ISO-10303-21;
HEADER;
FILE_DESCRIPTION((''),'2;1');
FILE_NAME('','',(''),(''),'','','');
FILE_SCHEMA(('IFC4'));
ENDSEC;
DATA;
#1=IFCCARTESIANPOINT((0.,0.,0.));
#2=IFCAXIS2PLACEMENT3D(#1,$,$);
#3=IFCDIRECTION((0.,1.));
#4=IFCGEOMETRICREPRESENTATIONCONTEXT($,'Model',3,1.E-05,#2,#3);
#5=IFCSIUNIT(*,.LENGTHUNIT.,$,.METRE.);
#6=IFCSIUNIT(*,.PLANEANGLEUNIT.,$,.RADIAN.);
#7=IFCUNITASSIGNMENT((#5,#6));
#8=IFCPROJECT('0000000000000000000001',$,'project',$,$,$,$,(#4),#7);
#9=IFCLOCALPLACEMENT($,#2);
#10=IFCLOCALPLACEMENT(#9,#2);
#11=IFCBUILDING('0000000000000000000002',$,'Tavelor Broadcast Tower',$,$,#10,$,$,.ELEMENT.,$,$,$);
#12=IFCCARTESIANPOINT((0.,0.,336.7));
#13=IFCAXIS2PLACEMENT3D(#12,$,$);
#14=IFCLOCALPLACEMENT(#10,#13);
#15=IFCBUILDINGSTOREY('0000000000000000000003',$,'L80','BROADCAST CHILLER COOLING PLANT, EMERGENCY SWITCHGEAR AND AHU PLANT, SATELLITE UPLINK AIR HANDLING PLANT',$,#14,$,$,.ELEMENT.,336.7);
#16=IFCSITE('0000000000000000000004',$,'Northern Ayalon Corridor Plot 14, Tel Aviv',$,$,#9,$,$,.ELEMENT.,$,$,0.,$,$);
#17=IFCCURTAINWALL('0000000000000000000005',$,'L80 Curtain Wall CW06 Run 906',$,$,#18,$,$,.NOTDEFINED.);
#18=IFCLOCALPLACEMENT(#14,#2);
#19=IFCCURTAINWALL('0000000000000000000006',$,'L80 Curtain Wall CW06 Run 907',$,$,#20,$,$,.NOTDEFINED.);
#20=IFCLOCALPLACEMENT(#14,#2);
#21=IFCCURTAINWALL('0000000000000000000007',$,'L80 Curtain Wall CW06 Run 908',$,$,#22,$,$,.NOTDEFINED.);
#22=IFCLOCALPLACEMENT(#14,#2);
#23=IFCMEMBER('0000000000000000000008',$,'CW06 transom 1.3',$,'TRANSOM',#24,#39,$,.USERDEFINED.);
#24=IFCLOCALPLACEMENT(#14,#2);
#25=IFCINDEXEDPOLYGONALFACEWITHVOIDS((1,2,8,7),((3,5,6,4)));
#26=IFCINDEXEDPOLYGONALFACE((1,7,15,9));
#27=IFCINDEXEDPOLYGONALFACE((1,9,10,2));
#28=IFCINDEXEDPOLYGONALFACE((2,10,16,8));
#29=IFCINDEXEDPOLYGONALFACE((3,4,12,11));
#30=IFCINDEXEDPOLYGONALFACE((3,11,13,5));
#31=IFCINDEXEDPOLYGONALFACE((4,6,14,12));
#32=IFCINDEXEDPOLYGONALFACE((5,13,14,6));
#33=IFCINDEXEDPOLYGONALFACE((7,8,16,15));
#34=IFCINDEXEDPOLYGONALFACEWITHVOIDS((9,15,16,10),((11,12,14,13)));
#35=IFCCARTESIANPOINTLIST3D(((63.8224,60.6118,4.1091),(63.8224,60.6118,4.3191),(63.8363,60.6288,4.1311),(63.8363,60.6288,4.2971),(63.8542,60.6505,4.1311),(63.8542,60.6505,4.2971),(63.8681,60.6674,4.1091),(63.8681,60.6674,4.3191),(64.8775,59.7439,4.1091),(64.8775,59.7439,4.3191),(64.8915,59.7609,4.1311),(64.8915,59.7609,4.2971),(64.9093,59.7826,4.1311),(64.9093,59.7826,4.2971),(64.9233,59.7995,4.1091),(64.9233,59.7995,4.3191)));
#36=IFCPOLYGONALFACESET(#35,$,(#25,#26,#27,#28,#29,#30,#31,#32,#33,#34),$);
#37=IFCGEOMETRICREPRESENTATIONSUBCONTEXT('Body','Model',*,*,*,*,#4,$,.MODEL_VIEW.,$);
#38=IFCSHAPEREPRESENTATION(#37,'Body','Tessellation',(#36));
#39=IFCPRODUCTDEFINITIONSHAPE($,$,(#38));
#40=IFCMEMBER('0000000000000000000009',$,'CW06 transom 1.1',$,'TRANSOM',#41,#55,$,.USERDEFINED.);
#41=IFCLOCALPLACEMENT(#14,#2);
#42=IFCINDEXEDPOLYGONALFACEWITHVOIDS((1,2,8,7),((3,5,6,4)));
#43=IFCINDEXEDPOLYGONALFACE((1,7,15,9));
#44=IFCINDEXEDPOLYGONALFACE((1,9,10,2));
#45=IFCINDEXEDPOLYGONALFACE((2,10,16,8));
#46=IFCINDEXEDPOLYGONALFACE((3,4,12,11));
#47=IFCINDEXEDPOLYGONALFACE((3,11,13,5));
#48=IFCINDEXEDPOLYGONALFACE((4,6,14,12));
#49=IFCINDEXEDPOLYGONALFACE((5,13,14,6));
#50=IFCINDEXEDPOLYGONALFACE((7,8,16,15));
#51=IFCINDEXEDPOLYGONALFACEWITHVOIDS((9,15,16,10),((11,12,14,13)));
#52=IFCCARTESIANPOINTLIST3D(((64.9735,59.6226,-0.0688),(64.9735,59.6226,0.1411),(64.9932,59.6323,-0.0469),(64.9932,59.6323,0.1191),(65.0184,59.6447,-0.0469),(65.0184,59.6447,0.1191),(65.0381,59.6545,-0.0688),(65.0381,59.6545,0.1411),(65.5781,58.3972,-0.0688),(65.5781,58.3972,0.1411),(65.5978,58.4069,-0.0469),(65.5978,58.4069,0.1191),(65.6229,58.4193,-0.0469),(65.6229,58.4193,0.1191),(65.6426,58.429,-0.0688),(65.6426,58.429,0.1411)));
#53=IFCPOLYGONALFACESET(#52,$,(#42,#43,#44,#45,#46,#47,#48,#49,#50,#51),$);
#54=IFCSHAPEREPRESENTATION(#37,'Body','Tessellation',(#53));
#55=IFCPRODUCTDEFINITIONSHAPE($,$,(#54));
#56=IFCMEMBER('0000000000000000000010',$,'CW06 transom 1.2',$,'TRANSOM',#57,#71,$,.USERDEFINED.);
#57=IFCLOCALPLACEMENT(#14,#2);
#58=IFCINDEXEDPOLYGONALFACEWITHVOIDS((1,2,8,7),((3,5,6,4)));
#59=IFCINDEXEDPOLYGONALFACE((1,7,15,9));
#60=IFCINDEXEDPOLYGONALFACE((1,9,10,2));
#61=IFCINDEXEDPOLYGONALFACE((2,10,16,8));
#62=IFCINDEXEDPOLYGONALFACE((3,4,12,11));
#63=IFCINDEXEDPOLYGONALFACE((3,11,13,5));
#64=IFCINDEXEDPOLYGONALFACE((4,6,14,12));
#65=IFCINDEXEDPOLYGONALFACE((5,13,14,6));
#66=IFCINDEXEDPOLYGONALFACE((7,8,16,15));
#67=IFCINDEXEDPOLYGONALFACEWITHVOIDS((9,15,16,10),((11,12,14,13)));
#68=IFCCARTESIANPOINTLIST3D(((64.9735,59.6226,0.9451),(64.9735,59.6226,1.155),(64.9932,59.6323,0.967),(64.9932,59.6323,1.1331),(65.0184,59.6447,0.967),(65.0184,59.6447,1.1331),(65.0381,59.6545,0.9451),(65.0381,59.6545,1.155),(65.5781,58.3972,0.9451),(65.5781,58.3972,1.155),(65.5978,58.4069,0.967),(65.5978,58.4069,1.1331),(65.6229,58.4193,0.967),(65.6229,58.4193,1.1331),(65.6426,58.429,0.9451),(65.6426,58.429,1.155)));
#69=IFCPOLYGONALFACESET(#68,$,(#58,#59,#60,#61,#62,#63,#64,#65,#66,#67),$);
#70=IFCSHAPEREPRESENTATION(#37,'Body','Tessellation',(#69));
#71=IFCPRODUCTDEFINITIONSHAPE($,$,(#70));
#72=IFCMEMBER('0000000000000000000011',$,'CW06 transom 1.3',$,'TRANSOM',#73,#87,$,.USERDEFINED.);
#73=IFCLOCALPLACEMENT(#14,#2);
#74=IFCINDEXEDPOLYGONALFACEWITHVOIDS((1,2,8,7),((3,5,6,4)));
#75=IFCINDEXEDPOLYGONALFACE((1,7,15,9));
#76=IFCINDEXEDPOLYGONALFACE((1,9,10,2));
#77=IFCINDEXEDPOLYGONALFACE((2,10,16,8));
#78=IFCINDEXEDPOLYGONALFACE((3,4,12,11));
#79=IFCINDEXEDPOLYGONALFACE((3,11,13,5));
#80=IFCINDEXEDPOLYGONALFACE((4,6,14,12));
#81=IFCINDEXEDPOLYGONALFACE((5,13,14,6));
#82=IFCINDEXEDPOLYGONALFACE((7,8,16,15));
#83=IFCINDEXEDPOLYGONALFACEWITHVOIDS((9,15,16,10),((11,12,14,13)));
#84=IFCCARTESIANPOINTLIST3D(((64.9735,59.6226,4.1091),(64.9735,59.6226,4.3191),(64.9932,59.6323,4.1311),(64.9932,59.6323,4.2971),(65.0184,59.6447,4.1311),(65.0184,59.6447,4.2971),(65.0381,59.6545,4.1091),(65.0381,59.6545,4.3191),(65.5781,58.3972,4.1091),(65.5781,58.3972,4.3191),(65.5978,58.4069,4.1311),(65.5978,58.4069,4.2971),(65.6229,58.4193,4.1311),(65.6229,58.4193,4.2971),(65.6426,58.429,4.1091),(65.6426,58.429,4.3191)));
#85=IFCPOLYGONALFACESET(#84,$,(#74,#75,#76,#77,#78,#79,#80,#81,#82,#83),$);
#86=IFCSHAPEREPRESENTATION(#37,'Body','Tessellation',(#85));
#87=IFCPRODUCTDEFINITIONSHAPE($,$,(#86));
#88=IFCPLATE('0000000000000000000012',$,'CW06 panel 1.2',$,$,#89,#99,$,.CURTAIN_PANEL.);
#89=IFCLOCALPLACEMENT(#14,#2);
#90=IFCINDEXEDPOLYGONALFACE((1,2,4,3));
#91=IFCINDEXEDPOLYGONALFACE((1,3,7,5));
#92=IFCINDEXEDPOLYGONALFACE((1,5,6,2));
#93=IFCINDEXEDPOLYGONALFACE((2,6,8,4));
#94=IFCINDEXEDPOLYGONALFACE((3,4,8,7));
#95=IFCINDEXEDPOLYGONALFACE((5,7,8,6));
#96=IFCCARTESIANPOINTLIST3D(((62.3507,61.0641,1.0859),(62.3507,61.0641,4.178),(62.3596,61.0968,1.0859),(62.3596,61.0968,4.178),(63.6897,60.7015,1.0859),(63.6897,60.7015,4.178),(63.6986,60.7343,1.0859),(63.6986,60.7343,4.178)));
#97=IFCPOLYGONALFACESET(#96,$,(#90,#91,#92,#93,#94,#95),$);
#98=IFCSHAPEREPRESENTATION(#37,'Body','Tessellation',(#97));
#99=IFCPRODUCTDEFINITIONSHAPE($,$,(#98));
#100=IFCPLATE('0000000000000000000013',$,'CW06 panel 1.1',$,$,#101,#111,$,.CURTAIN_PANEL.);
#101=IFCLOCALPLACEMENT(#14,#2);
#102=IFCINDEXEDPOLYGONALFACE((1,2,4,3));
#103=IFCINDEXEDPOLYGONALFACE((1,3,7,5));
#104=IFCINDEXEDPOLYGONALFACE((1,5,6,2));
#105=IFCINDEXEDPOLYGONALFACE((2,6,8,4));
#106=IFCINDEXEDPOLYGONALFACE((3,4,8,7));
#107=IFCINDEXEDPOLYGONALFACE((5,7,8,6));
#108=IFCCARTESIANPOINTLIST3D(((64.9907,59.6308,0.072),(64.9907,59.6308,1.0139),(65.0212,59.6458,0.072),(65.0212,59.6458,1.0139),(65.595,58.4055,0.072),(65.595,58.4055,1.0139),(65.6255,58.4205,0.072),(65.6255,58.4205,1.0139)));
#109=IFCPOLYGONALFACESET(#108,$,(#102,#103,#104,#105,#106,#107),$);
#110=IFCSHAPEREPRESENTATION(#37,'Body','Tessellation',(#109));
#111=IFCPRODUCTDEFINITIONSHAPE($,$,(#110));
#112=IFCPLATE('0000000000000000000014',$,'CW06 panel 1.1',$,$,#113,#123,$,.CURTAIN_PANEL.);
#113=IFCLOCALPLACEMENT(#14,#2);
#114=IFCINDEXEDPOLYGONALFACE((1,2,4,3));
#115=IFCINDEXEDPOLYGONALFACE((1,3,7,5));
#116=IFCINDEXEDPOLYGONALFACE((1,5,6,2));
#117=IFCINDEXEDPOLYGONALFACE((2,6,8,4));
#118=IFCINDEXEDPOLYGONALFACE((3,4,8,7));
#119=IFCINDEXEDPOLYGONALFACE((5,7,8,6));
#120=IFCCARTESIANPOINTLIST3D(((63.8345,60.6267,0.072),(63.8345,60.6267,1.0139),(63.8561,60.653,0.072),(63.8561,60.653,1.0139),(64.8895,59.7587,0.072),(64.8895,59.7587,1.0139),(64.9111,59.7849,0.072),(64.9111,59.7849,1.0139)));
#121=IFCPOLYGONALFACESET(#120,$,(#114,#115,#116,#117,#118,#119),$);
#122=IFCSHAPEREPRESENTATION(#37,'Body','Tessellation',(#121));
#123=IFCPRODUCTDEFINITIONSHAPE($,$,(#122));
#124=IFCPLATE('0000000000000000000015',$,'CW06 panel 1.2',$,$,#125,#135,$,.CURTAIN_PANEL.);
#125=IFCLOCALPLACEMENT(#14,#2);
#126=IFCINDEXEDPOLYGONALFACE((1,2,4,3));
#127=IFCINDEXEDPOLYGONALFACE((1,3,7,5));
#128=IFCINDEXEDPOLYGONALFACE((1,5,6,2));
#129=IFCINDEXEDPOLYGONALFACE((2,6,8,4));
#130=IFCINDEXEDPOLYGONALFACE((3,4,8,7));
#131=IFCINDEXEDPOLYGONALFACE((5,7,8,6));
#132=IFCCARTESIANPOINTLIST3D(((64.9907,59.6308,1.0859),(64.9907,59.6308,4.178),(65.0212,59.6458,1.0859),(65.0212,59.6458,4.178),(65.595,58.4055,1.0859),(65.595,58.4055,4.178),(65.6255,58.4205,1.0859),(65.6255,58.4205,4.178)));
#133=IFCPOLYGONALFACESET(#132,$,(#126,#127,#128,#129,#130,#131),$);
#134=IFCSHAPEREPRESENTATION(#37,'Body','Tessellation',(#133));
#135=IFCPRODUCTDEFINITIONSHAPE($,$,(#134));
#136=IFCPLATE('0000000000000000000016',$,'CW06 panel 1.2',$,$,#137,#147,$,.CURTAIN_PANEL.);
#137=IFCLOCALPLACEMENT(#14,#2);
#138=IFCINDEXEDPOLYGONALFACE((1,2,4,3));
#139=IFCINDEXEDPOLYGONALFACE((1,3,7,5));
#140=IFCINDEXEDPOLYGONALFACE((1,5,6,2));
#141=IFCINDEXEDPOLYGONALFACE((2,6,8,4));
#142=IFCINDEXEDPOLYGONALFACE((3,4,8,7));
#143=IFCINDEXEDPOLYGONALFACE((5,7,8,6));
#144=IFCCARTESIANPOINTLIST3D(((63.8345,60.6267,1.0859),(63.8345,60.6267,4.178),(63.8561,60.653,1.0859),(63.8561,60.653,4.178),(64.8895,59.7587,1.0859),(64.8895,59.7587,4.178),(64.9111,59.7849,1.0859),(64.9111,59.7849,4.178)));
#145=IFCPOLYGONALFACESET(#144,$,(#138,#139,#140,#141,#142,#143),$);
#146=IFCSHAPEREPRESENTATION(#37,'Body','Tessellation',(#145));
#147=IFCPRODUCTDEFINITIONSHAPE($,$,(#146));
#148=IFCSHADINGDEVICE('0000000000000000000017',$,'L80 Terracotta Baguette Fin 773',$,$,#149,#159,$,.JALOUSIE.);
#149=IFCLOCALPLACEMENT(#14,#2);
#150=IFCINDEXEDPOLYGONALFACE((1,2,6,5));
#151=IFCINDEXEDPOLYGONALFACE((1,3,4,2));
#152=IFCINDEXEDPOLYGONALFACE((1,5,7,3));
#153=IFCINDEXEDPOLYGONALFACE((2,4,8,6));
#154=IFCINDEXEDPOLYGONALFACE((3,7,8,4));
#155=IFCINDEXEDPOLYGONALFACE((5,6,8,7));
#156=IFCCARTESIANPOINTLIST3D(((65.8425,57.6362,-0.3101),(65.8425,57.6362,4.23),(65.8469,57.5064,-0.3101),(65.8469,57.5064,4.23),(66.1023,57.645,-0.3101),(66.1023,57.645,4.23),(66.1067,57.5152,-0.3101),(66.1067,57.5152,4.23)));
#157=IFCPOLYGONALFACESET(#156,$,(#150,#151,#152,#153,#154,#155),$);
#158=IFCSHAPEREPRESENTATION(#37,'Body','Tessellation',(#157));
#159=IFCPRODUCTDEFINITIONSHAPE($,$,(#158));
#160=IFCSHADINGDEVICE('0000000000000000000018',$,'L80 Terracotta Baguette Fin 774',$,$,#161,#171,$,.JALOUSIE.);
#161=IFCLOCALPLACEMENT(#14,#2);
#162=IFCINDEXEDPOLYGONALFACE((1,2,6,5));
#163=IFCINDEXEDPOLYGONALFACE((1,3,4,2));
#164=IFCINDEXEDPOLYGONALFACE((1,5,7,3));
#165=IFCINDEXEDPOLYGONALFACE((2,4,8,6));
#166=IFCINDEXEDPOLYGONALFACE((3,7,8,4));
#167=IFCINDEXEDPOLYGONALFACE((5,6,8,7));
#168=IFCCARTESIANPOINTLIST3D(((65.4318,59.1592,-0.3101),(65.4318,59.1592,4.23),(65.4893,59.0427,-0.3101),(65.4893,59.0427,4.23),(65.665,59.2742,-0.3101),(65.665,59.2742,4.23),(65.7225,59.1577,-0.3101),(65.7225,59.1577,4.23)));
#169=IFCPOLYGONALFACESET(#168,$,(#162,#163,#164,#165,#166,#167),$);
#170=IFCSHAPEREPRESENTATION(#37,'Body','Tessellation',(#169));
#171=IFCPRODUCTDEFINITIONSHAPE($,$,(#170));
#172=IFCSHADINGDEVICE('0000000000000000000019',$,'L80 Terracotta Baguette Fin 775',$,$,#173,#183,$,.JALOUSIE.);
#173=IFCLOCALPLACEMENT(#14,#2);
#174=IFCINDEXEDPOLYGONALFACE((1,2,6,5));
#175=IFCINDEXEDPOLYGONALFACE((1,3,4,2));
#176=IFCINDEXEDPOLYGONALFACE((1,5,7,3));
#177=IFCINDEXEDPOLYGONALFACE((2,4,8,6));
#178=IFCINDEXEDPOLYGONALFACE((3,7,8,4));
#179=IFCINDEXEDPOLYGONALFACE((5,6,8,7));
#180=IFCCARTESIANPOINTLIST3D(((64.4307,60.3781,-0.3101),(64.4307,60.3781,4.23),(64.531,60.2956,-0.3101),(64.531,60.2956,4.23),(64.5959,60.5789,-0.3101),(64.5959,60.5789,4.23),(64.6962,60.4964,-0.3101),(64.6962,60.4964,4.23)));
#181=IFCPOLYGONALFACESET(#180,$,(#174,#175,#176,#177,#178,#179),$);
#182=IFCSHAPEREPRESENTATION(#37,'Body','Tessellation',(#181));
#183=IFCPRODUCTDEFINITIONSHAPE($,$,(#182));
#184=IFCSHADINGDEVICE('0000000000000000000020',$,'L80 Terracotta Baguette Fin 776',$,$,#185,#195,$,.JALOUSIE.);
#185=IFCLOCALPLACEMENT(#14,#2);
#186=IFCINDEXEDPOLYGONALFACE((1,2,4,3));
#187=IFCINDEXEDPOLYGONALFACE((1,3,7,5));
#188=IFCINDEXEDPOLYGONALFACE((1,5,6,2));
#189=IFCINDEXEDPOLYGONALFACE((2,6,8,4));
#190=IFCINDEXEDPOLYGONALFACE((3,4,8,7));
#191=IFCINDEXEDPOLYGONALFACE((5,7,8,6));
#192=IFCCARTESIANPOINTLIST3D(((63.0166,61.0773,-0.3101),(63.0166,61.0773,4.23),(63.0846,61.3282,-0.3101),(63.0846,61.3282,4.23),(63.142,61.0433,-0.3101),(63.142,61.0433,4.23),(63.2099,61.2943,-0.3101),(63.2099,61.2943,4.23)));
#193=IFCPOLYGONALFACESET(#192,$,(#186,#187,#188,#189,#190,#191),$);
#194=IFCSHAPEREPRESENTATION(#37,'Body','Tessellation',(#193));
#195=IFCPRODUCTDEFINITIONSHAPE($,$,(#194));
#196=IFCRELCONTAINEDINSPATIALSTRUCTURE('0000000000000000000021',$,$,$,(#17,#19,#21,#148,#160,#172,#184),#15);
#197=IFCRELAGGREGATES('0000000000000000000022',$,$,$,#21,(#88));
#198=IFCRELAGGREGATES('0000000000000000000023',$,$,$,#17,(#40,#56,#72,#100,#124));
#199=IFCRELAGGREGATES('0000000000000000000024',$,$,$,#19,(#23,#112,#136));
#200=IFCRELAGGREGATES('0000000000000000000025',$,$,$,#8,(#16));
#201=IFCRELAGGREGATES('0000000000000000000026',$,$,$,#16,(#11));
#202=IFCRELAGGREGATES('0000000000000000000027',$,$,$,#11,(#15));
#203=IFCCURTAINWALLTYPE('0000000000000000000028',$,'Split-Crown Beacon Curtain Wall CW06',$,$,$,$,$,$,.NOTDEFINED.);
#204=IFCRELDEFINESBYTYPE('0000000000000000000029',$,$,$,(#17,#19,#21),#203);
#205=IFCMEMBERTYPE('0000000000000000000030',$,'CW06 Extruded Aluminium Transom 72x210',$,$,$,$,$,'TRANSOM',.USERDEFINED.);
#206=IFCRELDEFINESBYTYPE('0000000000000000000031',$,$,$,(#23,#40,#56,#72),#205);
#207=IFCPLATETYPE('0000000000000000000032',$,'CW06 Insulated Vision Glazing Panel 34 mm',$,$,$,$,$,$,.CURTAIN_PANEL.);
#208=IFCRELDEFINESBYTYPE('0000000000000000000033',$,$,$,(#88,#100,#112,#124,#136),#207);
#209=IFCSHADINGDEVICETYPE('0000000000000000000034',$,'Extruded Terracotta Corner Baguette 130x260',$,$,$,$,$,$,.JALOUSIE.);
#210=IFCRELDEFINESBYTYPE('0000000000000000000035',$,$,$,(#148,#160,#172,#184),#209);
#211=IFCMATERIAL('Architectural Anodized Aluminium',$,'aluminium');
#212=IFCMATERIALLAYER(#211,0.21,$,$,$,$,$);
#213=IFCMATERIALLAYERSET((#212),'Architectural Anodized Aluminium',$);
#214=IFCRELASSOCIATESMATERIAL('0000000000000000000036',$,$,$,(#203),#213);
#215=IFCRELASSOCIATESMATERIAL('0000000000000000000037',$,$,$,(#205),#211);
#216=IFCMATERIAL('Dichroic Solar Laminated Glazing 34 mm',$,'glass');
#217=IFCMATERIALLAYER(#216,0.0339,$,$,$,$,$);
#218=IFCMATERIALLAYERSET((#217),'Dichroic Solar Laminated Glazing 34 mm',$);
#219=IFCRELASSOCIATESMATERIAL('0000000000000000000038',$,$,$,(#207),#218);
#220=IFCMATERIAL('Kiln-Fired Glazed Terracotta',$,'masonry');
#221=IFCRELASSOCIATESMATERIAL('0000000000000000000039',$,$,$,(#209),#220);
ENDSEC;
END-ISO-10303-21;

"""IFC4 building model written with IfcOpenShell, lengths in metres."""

from ifc_helpers import new_model, si_unit, direction, frame, origin, origin_2d, place, context, subcontext, project, spatial, rectangle, hollow_rectangle, extrude, source, transform, mapped, material, layer, layer_set, material_profile, profile_set, type_object, type_shapes, element, aggregate, save


model = new_model("IFC4")

# Units and contexts
model_context = context("Model", 3, precision=1e-05, world=origin(), true_north=direction((0.0, 1.0)))
body_context = subcontext(model_context, "Body", "Model", "MODEL_VIEW")
ifc_project = project(units=[si_unit("LENGTHUNIT", "METRE"), si_unit("PLANEANGLEUNIT", "RADIAN")], contexts=[model_context])

# Site, building, storey
site_placement = place(None, origin())
site = spatial("IfcSite", under=ifc_project, at=site_placement, Name="Northern Ayalon Corridor Plot 14, Tel Aviv", CompositionType="ELEMENT", RefElevation=0.0)
building_placement = place(site_placement, origin())
building = spatial("IfcBuilding", under=site, at=building_placement, Name="Tavelor Broadcast Tower", CompositionType="ELEMENT")
storey_placement = place(building_placement, frame((0.0, 0.0, 336.7)))
storey = spatial("IfcBuildingStorey", under=building, at=storey_placement, Name="L80", Description="BROADCAST CHILLER COOLING PLANT, EMERGENCY SWITCHGEAR AND AHU PLANT, SATELLITE UPLINK AIR HANDLING PLANT", CompositionType="ELEMENT", Elevation=336.7)

# Shared definitions
ifc_material_1 = material(Name="Architectural Anodized Aluminium", Category="aluminium")
ifc_layer_1 = layer(ifc_material_1, 0.21)
ifc_layer_set_1 = layer_set([ifc_layer_1], Name="Architectural Anodized Aluminium")
curtain_wall_type = type_object("IfcCurtainWallType", Name="Split-Crown Beacon Curtain Wall CW06", PredefinedType="NOTDEFINED", material=ifc_layer_set_1)

# Curtain walls
curtain_wall_1_placement = place(storey_placement, origin())
curtain_wall_1 = element("IfcCurtainWall", 1, at=curtain_wall_1_placement, inside=storey, type_object=curtain_wall_type, Name="L80 Curtain Wall CW06 Run 906", PredefinedType="NOTDEFINED")
curtain_wall_2_placement = place(storey_placement, origin())
curtain_wall_2 = element("IfcCurtainWall", 2, at=curtain_wall_2_placement, inside=storey, type_object=curtain_wall_type, Name="L80 Curtain Wall CW06 Run 907", PredefinedType="NOTDEFINED")
curtain_wall_3_placement = place(storey_placement, origin())
curtain_wall_3 = element("IfcCurtainWall", 3, at=curtain_wall_3_placement, inside=storey, type_object=curtain_wall_type, Name="L80 Curtain Wall CW06 Run 908", PredefinedType="NOTDEFINED")
ifc_material_profile_1 = material_profile(ifc_material_1, hollow_rectangle(XDim=0.072, YDim=0.21, WallThickness=0.022, at=origin_2d()), Name="RHS 72x210x22")
ifc_profile_set_1 = profile_set([ifc_material_profile_1], Name="Architectural Anodized Aluminium")
member_type_1 = type_object("IfcMemberType", Name="CW06 Extruded Aluminium Transom 72x210", ElementType="TRANSOM", PredefinedType="USERDEFINED", material=ifc_profile_set_1)

# Members
shared_shape_1 = source(origin(), body_context, "Body", "SweptSolid", [
    extrude(hollow_rectangle(XDim=0.072, YDim=0.21, WallThickness=0.022, at=origin_2d()), origin(), (0.0, 0.0, 1.0), 1.3662),
])
member_1_placement = place(storey_placement, frame((64.9004, 59.7717, 4.2141), z_axis=(-0.772307, 0.63525, 0.0), x_axis=(-0.63525, -0.772307, 0.0)))
member_1 = element("IfcMember", 4, at=member_1_placement, type_object=member_type_1, Name="CW06 transom 1.3", ObjectType="TRANSOM", PredefinedType="USERDEFINED", context=body_context, shape_type="MappedRepresentation", body=[
    mapped(shared_shape_1, transform((0.0, 0.0, 0.0), scale=1.0)),
])
shared_shape_2 = source(origin(), body_context, "Body", "SweptSolid", [
    extrude(hollow_rectangle(XDim=0.072, YDim=0.21, WallThickness=0.022, at=origin_2d()), origin(), (0.0, 0.0, 1.0), 1.3665),
])
member_2_placement = place(storey_placement, frame((65.6104, 58.4131, 0.0361), z_axis=(-0.442418, 0.896809, 0.0), x_axis=(-0.896809, -0.442418, 0.0)))
member_2 = element("IfcMember", 5, at=member_2_placement, type_object=member_type_1, Name="CW06 transom 1.1", ObjectType="TRANSOM", PredefinedType="USERDEFINED", context=body_context, shape_type="MappedRepresentation", body=[
    mapped(shared_shape_2, transform((0.0, 0.0, 0.0), scale=1.0)),
])
member_3_placement = place(storey_placement, frame((65.6104, 58.4131, 1.05), z_axis=(-0.442418, 0.896809, 0.0), x_axis=(-0.896809, -0.442418, 0.0)))
member_3 = element("IfcMember", 6, at=member_3_placement, type_object=member_type_1, Name="CW06 transom 1.2", ObjectType="TRANSOM", PredefinedType="USERDEFINED", context=body_context, shape_type="MappedRepresentation", body=[
    mapped(shared_shape_2, transform((0.0, 0.0, 0.0), scale=1.0)),
])
member_4_placement = place(storey_placement, frame((65.6104, 58.4131, 4.2141), z_axis=(-0.442418, 0.896809, 0.0), x_axis=(-0.896809, -0.442418, 0.0)))
member_4 = element("IfcMember", 7, at=member_4_placement, type_object=member_type_1, Name="CW06 transom 1.3", ObjectType="TRANSOM", PredefinedType="USERDEFINED", context=body_context, shape_type="MappedRepresentation", body=[
    mapped(shared_shape_2, transform((0.0, 0.0, 0.0), scale=1.0)),
])

# Plates
ifc_material_2 = material(Name="Dichroic Solar Laminated Glazing 34 mm", Category="glass")
ifc_layer_2 = layer(ifc_material_2, 0.0339)
ifc_layer_set_2 = layer_set([ifc_layer_2], Name="Dichroic Solar Laminated Glazing 34 mm")
plate_type = type_object("IfcPlateType", Name="CW06 Insulated Vision Glazing Panel 34 mm", PredefinedType="CURTAIN_PANEL", material=ifc_layer_set_2)
shared_shape_3 = source(origin(), body_context, "Body", "SweptSolid", [
    extrude(rectangle(XDim=1.3872, YDim=0.0339, at=origin_2d()), origin(), (0.0, 0.0, 1.0), 3.092),
])
plate_1_placement = place(storey_placement, frame((63.0247, 60.8992, 1.0859), z_axis=(0.0, 0.0, 1.0), x_axis=(-0.965237, 0.261376, 0.0)))
plate_1 = element("IfcPlate", 8, at=plate_1_placement, type_object=plate_type, Name="CW06 panel 1.2", PredefinedType="CURTAIN_PANEL", context=body_context, shape_type="MappedRepresentation", body=[
    mapped(shared_shape_3, transform((0.0, 0.0, 0.0), scale=1.0)),
])
aggregate(curtain_wall_3, [plate_1])
shared_shape_4 = source(origin(), body_context, "Body", "SweptSolid", [
    extrude(rectangle(XDim=1.3662, YDim=0.0339, at=origin_2d()), origin(), (0.0, 0.0, 1.0), 0.9419),
])
plate_2_placement = place(storey_placement, frame((65.3081, 59.0256, 0.072), z_axis=(0.0, 0.0, 1.0), x_axis=(-0.442333, 0.896851, 0.0)))
plate_2 = element("IfcPlate", 9, at=plate_2_placement, type_object=plate_type, Name="CW06 panel 1.1", PredefinedType="CURTAIN_PANEL", context=body_context, shape_type="MappedRepresentation", body=[
    mapped(shared_shape_4, transform((0.0, 0.0, 0.0), scale=1.0)),
])
plate_3_placement = place(storey_placement, frame((64.3728, 60.2058, 0.072), z_axis=(0.0, 0.0, 1.0), x_axis=(-0.77219, 0.635392, 0.0)))
plate_3 = element("IfcPlate", 10, at=plate_3_placement, type_object=plate_type, Name="CW06 panel 1.1", PredefinedType="CURTAIN_PANEL", context=body_context, shape_type="MappedRepresentation", body=[
    mapped(shared_shape_4, transform((0.0, 0.0, 0.0), scale=1.0)),
])
shared_shape_5 = source(origin(), body_context, "Body", "SweptSolid", [
    extrude(rectangle(XDim=1.3662, YDim=0.0339, at=origin_2d()), origin(), (0.0, 0.0, 1.0), 3.092),
])
type_shapes(plate_type, [shared_shape_3, shared_shape_4, shared_shape_5])
plate_4_placement = place(storey_placement, frame((65.3081, 59.0256, 1.0859), z_axis=(0.0, 0.0, 1.0), x_axis=(-0.442333, 0.896851, 0.0)))
plate_4 = element("IfcPlate", 11, at=plate_4_placement, type_object=plate_type, Name="CW06 panel 1.2", PredefinedType="CURTAIN_PANEL", context=body_context, shape_type="MappedRepresentation", body=[
    mapped(shared_shape_5, transform((0.0, 0.0, 0.0), scale=1.0)),
])
aggregate(curtain_wall_1, [member_2, member_3, member_4, plate_2, plate_4])
plate_5_placement = place(storey_placement, frame((64.3728, 60.2058, 1.0859), z_axis=(0.0, 0.0, 1.0), x_axis=(-0.77219, 0.635392, 0.0)))
plate_5 = element("IfcPlate", 12, at=plate_5_placement, type_object=plate_type, Name="CW06 panel 1.2", PredefinedType="CURTAIN_PANEL", context=body_context, shape_type="MappedRepresentation", body=[
    mapped(shared_shape_5, transform((0.0, 0.0, 0.0), scale=1.0)),
])
aggregate(curtain_wall_2, [member_1, plate_3, plate_5])

# Shading devices
ifc_material_3 = material(Name="Kiln-Fired Glazed Terracotta", Category="masonry")
shading_device_type = type_object("IfcShadingDeviceType", Name="Extruded Terracotta Corner Baguette 130x260", PredefinedType="JALOUSIE", material=ifc_material_3)
shared_shape_6 = source(origin(), body_context, "Body", "SweptSolid", [
    extrude(rectangle(XDim=0.1299, YDim=0.26, at=origin_2d()), origin(), (0.0, 0.0, 1.0), 4.54),
])
type_shapes(shading_device_type, [shared_shape_6])
for number, where, z_axis, x_axis, name in (
    (13, (65.9746, 57.5757, -0.3101), (0.0, 0.0, 1.0), (-0.034027, 0.999421, 0.0), "L80 Terracotta Baguette Fin 773"),
    (14, (65.5771, 59.1584, -0.3101), (0.0, 0.0, 1.0), (-0.442289, 0.896873, 0.0), "L80 Terracotta Baguette Fin 774"),
    (15, (64.5635, 60.4373, -0.3101), (0.0, 0.0, 1.0), (-0.772179, 0.635405, 0.0), "L80 Terracotta Baguette Fin 775"),
    (16, (63.1133, 61.1858, -0.3101), (0.0, 0.0, 1.0), (-0.965245, 0.261347, 0.0), "L80 Terracotta Baguette Fin 776"),
):
    element("IfcShadingDevice", number, at=place(storey_placement, frame(where, z_axis=z_axis, x_axis=x_axis)), inside=storey, type_object=shading_device_type, Name=name, PredefinedType="JALOUSIE", context=body_context, shape_type="MappedRepresentation", body=[
        mapped(shared_shape_6, transform((0.0, 0.0, 0.0), scale=1.0)),
    ])

save(model, "model.ifc")
